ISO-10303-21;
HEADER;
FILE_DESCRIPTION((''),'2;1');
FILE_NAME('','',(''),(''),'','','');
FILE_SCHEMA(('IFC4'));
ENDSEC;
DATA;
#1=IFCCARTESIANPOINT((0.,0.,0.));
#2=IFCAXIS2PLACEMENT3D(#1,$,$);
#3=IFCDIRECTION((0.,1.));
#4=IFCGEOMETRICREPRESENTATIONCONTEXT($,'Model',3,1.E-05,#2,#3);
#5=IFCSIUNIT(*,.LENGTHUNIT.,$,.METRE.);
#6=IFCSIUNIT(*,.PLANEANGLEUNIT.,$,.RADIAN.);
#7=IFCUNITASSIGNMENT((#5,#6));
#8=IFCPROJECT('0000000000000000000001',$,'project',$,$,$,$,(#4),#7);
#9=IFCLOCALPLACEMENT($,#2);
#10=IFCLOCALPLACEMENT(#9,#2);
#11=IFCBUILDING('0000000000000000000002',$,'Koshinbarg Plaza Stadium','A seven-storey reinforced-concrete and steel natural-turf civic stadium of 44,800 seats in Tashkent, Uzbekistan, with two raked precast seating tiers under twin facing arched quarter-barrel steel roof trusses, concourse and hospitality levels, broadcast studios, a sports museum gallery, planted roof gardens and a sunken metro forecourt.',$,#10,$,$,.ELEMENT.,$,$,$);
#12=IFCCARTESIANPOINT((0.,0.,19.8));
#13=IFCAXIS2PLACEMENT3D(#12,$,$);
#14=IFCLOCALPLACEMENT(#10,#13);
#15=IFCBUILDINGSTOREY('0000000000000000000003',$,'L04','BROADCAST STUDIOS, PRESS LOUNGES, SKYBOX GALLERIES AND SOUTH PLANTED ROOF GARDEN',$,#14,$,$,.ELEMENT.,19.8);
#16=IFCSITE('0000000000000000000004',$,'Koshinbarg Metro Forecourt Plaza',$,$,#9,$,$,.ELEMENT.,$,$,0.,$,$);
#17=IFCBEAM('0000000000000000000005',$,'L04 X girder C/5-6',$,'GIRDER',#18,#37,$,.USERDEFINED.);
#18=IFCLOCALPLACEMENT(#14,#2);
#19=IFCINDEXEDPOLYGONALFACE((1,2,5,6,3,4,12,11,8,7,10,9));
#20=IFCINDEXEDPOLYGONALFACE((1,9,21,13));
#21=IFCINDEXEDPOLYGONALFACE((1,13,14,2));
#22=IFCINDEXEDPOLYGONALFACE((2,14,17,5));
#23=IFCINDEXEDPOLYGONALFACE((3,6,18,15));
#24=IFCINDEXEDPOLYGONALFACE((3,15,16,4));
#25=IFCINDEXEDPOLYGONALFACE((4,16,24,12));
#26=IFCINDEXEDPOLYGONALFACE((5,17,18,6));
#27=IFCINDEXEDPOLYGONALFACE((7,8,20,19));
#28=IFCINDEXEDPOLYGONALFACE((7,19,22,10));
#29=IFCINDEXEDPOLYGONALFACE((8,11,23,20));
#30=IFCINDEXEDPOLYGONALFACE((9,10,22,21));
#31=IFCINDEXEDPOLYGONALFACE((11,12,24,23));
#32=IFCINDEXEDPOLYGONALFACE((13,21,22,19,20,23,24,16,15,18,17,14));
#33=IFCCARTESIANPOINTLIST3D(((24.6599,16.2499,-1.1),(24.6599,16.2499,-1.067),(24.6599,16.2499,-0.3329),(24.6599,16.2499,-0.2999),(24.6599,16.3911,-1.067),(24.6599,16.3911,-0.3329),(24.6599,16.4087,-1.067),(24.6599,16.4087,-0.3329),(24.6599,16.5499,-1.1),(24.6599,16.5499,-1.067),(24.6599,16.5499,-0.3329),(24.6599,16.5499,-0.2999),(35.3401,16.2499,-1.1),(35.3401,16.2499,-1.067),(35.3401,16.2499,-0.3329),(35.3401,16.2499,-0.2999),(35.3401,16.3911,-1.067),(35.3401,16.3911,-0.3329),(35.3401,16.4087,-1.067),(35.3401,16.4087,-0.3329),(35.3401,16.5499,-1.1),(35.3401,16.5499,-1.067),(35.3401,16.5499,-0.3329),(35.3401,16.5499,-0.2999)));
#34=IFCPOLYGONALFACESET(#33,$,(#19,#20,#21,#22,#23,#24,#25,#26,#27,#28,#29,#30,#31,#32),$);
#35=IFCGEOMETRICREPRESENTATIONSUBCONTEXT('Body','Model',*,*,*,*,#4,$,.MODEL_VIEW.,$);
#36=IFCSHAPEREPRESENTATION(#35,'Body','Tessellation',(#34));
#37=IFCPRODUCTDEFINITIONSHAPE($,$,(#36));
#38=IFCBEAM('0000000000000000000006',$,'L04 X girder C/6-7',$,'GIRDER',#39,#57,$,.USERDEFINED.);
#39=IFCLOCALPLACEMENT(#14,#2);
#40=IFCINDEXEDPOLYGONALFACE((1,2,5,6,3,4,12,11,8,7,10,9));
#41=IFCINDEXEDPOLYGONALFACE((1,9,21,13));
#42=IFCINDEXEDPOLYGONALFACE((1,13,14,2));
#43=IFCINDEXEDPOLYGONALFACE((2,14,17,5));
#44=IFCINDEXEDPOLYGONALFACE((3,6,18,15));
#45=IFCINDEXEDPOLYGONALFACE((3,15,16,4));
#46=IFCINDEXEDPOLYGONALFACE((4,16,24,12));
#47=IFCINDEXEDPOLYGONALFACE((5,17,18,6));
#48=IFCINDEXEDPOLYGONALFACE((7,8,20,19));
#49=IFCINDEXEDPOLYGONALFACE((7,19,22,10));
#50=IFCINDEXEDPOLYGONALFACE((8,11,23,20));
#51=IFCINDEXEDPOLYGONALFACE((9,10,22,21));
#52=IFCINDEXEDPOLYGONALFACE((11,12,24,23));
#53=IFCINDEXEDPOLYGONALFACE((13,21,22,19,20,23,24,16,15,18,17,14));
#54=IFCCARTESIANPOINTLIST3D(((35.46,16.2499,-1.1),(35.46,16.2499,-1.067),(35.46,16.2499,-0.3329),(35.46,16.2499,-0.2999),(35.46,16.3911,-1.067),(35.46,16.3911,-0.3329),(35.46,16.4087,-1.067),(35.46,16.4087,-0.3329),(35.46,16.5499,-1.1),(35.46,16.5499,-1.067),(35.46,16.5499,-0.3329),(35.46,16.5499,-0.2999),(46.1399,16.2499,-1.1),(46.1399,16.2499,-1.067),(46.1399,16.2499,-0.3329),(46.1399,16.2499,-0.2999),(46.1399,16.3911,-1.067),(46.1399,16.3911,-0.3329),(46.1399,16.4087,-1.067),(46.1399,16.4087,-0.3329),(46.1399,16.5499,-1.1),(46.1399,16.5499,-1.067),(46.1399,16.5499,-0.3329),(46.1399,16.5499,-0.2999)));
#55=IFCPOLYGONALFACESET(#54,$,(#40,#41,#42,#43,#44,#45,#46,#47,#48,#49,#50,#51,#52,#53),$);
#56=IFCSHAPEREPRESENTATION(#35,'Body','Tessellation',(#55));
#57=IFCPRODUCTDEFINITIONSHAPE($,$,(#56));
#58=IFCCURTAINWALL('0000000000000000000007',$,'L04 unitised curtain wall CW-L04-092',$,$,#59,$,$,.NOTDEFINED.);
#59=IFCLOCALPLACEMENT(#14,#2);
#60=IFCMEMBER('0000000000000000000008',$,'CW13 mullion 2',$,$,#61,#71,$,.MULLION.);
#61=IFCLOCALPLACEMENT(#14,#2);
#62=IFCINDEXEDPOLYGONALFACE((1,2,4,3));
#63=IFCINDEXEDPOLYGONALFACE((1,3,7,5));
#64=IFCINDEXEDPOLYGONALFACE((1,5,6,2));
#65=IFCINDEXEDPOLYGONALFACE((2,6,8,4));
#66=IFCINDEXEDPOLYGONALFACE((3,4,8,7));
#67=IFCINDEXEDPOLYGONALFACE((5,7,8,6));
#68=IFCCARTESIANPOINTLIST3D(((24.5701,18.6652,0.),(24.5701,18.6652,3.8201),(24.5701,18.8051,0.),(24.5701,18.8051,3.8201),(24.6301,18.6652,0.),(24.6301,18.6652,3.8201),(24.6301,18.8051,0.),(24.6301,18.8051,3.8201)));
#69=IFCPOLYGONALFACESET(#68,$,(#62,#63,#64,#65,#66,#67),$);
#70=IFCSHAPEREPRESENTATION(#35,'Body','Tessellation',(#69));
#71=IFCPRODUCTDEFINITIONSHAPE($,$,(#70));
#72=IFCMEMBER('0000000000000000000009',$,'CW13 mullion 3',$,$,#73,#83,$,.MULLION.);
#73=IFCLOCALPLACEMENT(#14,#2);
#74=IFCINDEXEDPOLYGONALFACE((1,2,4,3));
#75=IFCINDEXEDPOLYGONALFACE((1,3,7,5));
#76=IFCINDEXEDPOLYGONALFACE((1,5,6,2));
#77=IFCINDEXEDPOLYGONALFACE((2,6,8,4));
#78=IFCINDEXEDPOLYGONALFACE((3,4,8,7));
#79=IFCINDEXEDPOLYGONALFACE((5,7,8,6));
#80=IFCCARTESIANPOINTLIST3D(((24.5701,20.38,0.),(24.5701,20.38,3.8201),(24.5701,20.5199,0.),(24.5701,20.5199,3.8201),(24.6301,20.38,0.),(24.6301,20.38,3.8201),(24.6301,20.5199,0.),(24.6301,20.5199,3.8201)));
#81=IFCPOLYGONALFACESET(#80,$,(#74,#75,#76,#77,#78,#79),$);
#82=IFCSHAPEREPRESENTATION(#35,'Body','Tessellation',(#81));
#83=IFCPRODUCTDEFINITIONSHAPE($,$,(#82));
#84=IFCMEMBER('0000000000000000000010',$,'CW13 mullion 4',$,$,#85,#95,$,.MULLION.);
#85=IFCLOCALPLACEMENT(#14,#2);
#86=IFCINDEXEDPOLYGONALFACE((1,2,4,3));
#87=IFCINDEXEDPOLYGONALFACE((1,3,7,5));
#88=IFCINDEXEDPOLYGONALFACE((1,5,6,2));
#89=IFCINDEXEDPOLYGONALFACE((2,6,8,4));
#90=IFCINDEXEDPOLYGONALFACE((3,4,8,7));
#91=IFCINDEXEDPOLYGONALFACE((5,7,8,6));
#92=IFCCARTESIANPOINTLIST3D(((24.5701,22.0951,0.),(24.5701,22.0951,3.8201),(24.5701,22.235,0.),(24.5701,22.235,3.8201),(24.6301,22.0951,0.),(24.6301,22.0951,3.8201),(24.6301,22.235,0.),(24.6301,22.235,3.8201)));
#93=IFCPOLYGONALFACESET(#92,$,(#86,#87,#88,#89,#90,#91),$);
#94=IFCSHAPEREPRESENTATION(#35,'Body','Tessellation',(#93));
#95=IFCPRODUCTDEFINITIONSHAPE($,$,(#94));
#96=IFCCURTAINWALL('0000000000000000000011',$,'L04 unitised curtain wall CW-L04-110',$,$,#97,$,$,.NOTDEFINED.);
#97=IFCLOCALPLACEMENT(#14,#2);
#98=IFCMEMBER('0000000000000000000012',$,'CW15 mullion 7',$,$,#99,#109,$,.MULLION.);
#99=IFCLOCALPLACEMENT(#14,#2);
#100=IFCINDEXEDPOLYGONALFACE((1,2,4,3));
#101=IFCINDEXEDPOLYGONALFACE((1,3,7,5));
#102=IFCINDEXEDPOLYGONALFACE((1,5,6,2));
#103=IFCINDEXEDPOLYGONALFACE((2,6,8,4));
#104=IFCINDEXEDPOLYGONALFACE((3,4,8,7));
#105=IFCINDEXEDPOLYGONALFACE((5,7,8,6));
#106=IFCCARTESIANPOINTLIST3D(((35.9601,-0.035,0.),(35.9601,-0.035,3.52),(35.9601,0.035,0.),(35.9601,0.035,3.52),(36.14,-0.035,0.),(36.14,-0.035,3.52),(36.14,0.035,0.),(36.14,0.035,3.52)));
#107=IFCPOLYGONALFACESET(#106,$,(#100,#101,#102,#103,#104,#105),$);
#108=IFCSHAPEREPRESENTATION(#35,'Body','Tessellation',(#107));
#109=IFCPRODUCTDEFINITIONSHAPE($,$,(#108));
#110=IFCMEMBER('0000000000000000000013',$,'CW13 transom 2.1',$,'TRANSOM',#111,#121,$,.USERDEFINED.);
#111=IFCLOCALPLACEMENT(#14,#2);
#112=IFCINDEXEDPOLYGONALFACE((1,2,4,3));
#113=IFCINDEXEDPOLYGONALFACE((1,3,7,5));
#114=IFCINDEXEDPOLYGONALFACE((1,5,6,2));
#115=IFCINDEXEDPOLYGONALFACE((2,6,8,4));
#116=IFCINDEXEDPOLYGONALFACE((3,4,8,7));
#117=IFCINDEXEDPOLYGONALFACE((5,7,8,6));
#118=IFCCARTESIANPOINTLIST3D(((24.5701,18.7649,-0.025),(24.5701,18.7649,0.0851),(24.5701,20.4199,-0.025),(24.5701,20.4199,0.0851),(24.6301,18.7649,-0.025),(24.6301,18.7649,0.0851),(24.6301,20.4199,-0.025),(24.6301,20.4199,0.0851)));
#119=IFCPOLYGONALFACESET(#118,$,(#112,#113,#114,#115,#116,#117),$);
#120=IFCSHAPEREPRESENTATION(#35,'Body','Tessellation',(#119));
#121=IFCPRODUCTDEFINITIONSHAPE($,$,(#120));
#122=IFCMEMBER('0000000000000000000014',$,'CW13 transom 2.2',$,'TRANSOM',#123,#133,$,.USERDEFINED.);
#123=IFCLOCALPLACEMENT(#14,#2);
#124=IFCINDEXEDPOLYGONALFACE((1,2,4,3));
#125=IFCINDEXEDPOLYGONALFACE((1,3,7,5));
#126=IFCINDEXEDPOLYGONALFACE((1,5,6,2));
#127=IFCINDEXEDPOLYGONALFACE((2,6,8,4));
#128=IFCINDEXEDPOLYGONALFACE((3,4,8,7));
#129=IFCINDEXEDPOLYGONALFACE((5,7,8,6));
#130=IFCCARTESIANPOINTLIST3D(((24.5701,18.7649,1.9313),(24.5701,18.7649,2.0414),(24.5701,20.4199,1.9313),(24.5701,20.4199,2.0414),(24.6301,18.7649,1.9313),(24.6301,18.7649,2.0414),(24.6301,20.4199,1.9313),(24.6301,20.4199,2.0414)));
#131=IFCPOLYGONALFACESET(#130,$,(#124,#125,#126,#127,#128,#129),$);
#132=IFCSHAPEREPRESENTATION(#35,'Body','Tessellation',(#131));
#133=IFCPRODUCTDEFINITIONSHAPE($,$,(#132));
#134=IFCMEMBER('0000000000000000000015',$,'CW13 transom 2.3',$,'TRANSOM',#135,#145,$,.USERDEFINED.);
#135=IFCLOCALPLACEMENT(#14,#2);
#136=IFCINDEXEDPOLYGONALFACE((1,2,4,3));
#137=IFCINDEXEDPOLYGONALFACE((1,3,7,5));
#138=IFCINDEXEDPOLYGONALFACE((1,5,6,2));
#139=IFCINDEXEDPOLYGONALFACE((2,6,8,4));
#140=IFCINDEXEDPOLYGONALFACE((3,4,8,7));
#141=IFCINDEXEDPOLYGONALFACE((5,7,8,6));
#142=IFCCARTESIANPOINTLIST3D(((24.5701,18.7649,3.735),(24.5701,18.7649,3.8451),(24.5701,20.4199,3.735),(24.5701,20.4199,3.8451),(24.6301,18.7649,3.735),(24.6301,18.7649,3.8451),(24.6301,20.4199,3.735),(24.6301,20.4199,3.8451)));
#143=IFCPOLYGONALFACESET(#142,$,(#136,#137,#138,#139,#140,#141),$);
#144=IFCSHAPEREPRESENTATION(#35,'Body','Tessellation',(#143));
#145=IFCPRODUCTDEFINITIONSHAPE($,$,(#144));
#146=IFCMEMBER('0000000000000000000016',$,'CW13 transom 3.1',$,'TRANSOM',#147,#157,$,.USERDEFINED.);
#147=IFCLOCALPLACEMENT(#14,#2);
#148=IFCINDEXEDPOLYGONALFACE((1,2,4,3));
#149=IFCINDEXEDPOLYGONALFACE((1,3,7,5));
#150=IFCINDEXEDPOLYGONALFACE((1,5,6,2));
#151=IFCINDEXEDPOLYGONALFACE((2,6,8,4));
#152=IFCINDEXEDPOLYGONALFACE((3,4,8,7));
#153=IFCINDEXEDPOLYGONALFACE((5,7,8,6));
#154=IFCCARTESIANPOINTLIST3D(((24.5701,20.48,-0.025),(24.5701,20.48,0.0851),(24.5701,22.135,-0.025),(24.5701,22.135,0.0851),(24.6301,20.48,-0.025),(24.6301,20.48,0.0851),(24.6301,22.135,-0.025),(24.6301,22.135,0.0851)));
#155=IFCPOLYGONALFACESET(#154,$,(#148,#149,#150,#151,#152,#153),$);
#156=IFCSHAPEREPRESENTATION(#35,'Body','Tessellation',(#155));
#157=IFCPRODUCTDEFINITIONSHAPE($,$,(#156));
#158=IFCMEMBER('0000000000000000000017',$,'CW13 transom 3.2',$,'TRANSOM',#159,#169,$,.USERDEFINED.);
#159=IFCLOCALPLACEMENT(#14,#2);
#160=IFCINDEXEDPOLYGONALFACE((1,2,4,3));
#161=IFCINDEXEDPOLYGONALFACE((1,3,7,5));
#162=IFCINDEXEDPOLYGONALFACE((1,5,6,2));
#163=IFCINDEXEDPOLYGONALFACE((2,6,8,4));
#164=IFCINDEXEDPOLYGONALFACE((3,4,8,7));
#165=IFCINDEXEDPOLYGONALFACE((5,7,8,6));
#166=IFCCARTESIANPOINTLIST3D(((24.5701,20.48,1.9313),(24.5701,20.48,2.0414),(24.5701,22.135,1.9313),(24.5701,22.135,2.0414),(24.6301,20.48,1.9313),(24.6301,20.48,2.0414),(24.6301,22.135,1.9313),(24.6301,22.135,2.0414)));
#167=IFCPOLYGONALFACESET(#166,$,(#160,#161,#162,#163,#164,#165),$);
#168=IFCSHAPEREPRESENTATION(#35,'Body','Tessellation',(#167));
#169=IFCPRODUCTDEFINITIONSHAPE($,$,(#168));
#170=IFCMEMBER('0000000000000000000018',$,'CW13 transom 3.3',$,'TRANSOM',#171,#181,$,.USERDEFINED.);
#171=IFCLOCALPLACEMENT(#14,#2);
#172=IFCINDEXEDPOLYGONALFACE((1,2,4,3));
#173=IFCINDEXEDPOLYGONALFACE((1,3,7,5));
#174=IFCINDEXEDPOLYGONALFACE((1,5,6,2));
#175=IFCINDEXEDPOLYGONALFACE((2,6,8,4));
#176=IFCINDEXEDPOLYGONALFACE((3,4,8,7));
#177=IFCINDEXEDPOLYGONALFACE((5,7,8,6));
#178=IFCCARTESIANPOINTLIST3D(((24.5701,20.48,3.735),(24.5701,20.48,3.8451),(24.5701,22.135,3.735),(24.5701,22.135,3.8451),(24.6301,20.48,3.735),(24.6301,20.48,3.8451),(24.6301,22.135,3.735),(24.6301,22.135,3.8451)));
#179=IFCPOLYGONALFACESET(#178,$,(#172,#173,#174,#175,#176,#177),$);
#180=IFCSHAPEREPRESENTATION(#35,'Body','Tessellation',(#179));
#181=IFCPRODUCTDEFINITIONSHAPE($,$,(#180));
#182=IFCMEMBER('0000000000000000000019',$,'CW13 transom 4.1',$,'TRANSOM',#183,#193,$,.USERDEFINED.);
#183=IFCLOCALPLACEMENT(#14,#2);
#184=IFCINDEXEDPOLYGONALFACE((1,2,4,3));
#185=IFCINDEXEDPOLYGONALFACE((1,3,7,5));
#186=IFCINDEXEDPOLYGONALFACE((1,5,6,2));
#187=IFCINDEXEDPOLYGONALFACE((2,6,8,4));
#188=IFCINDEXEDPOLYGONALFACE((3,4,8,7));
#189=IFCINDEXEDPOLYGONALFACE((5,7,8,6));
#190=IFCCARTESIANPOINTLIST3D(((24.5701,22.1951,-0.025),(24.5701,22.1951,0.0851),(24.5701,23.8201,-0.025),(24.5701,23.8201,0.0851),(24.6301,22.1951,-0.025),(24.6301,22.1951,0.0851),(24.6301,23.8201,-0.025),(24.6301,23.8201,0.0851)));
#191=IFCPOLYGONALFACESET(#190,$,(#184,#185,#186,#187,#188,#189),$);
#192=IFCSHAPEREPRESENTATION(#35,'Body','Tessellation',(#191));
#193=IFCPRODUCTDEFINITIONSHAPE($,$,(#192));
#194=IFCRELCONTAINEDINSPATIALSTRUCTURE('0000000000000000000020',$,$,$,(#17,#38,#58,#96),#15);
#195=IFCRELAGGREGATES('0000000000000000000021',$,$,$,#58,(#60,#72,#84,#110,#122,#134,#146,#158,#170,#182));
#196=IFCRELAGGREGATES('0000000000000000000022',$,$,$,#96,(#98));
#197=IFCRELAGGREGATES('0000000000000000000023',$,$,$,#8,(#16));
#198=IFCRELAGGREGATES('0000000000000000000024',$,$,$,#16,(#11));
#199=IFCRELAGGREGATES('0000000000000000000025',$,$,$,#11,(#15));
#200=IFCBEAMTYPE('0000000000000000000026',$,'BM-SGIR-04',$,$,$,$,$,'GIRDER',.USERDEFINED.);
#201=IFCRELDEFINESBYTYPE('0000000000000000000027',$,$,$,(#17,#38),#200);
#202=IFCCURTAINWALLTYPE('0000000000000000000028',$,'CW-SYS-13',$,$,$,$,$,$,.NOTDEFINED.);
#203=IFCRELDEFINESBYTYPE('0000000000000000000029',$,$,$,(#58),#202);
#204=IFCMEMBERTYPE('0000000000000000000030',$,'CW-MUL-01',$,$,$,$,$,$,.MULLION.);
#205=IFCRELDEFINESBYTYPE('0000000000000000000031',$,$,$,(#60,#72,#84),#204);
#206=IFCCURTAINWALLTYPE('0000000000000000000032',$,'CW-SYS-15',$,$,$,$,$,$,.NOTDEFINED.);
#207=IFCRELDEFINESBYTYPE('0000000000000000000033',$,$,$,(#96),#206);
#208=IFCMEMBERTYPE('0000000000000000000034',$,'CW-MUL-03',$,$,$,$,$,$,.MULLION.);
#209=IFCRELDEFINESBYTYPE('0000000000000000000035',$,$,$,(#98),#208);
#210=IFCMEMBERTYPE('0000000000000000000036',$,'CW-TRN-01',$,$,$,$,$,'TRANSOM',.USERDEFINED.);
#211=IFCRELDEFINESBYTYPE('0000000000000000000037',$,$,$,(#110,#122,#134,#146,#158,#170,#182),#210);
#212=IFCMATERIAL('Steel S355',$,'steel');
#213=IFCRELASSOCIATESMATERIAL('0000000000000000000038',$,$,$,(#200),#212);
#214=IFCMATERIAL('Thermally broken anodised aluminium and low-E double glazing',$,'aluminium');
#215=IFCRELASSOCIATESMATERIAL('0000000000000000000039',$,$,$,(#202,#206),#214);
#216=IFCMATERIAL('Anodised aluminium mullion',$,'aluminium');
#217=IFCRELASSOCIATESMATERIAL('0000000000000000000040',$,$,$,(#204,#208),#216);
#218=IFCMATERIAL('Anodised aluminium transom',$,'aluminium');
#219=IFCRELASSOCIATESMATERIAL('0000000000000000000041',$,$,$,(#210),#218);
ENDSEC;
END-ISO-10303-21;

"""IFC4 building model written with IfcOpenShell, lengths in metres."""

from ifc_helpers import new_model, si_unit, direction, frame, origin, origin_2d, place, context, subcontext, project, spatial, rectangle, i_section, extrude, material, material_profile, profile_set, type_object, element, aggregate, save


model = new_model("IFC4")

# Units and contexts
model_context = context("Model", 3, precision=1e-05, world=origin(), true_north=direction((0.0, 1.0)))
body_context = subcontext(model_context, "Body", "Model", "MODEL_VIEW")
ifc_project = project(units=[si_unit("LENGTHUNIT", "METRE"), si_unit("PLANEANGLEUNIT", "RADIAN")], contexts=[model_context])

# Site, building, storey
site_placement = place(None, origin())
site = spatial("IfcSite", under=ifc_project, at=site_placement, Name="Koshinbarg Metro Forecourt Plaza", CompositionType="ELEMENT", RefElevation=0.0)
building_placement = place(site_placement, origin())
building = spatial("IfcBuilding", under=site, at=building_placement, Name="Koshinbarg Plaza Stadium", Description="A seven-storey reinforced-concrete and steel natural-turf civic stadium of 44,800 seats in Tashkent, Uzbekistan, with two raked precast seating tiers under twin facing arched quarter-barrel steel roof trusses, concourse and hospitality levels, broadcast studios, a sports museum gallery, planted roof gardens and a sunken metro forecourt.", CompositionType="ELEMENT")
storey_placement = place(building_placement, frame((0.0, 0.0, 19.8)))
storey = spatial("IfcBuildingStorey", under=building, at=storey_placement, Name="L04", Description="BROADCAST STUDIOS, PRESS LOUNGES, SKYBOX GALLERIES AND SOUTH PLANTED ROOF GARDEN", CompositionType="ELEMENT", Elevation=19.8)

# Beams
ifc_material_1 = material(Name="Steel S355", Category="steel")
ifc_material_profile_1 = material_profile(ifc_material_1, i_section(OverallWidth=0.3, OverallDepth=0.8, WebThickness=0.0176, FlangeThickness=0.033, at=origin_2d()), Name="HEB 800")
ifc_profile_set_1 = profile_set([ifc_material_profile_1], Name="Steel S355")
beam_type_1 = type_object("IfcBeamType", Name="BM-SGIR-04", ElementType="GIRDER", PredefinedType="USERDEFINED", material=ifc_profile_set_1)
beam_1_placement = place(storey_placement, frame((24.6599, 16.3999, -0.7), z_axis=(1.0, 0.0, 0.0), x_axis=(0.0, 1.0, 0.0)))
element("IfcBeam", 1, at=beam_1_placement, inside=storey, type_object=beam_type_1, Name="L04 X girder C/5-6", ObjectType="GIRDER", PredefinedType="USERDEFINED", context=body_context, shape_type="SweptSolid", body=[
    extrude(i_section(OverallWidth=0.3, OverallDepth=0.8, WebThickness=0.0176, FlangeThickness=0.033, at=origin_2d()), origin(), (0.0, 0.0, 1.0), 10.6802),
])
beam_2_placement = place(storey_placement, frame((35.46, 16.3999, -0.7), z_axis=(1.0, 0.0, 0.0), x_axis=(0.0, 1.0, 0.0)))
element("IfcBeam", 2, at=beam_2_placement, inside=storey, type_object=beam_type_1, Name="L04 X girder C/6-7", ObjectType="GIRDER", PredefinedType="USERDEFINED", context=body_context, shape_type="SweptSolid", body=[
    extrude(i_section(OverallWidth=0.3, OverallDepth=0.8, WebThickness=0.0176, FlangeThickness=0.033, at=origin_2d()), origin(), (0.0, 0.0, 1.0), 10.6799),
])

# Curtain wall, members
ifc_material_2 = material(Name="Thermally broken anodised aluminium and low-E double glazing", Category="aluminium")
curtain_wall_type_1 = type_object("IfcCurtainWallType", Name="CW-SYS-13", PredefinedType="NOTDEFINED", material=ifc_material_2)
curtain_wall_1_placement = place(storey_placement, origin())
curtain_wall_1 = element("IfcCurtainWall", 3, at=curtain_wall_1_placement, inside=storey, type_object=curtain_wall_type_1, Name="L04 unitised curtain wall CW-L04-092", PredefinedType="NOTDEFINED")
ifc_material_3 = material(Name="Anodised aluminium mullion", Category="aluminium")
ifc_material_profile_2 = material_profile(ifc_material_3, rectangle(XDim=0.0601, YDim=0.1399, at=origin_2d()), Name="ALU 60x140")
ifc_profile_set_2 = profile_set([ifc_material_profile_2], Name="Anodised aluminium mullion")
member_type_1 = type_object("IfcMemberType", Name="CW-MUL-01", PredefinedType="MULLION", material=ifc_profile_set_2)
member_1_placement = place(storey_placement, frame((24.6001, 18.7351, 0.0), z_axis=(0.0, 0.0, 1.0), x_axis=(-1.0, 0.0, 0.0)))
member_1 = element("IfcMember", 4, at=member_1_placement, type_object=member_type_1, Name="CW13 mullion 2", PredefinedType="MULLION", context=body_context, shape_type="SweptSolid", body=[
    extrude(rectangle(XDim=0.0601, YDim=0.1399, at=origin_2d()), origin(), (0.0, 0.0, 1.0), 3.8201),
])
member_2_placement = place(storey_placement, frame((24.6001, 20.45, 0.0), z_axis=(0.0, 0.0, 1.0), x_axis=(-1.0, 0.0, 0.0)))
member_2 = element("IfcMember", 5, at=member_2_placement, type_object=member_type_1, Name="CW13 mullion 3", PredefinedType="MULLION", context=body_context, shape_type="SweptSolid", body=[
    extrude(rectangle(XDim=0.0601, YDim=0.1399, at=origin_2d()), origin(), (0.0, 0.0, 1.0), 3.8201),
])
member_3_placement = place(storey_placement, frame((24.6001, 22.165, 0.0), z_axis=(0.0, 0.0, 1.0), x_axis=(-1.0, 0.0, 0.0)))
member_3 = element("IfcMember", 6, at=member_3_placement, type_object=member_type_1, Name="CW13 mullion 4", PredefinedType="MULLION", context=body_context, shape_type="SweptSolid", body=[
    extrude(rectangle(XDim=0.0601, YDim=0.1399, at=origin_2d()), origin(), (0.0, 0.0, 1.0), 3.8201),
])

# Curtain wall, member
curtain_wall_type_2 = type_object("IfcCurtainWallType", Name="CW-SYS-15", PredefinedType="NOTDEFINED", material=ifc_material_2)
curtain_wall_2_placement = place(storey_placement, origin())
curtain_wall_2 = element("IfcCurtainWall", 7, at=curtain_wall_2_placement, inside=storey, type_object=curtain_wall_type_2, Name="L04 unitised curtain wall CW-L04-110", PredefinedType="NOTDEFINED")
ifc_material_profile_3 = material_profile(ifc_material_3, rectangle(XDim=0.0701, YDim=0.1799, at=origin_2d()), Name="ALU 70x180")
ifc_profile_set_3 = profile_set([ifc_material_profile_3], Name="Anodised aluminium mullion")
member_type_2 = type_object("IfcMemberType", Name="CW-MUL-03", PredefinedType="MULLION", material=ifc_profile_set_3)
member_4_placement = place(storey_placement, frame((36.05, 0.0, 0.0), z_axis=(0.0, 0.0, 1.0), x_axis=(0.0, -1.0, 0.0)))
member_4 = element("IfcMember", 8, at=member_4_placement, type_object=member_type_2, Name="CW15 mullion 7", PredefinedType="MULLION", context=body_context, shape_type="SweptSolid", body=[
    extrude(rectangle(XDim=0.0701, YDim=0.1799, at=origin_2d()), origin(), (0.0, 0.0, 1.0), 3.52),
])

# Members
ifc_material_4 = material(Name="Anodised aluminium transom", Category="aluminium")
ifc_material_profile_4 = material_profile(ifc_material_4, rectangle(XDim=0.0601, YDim=0.1101, at=origin_2d()), Name="ALU 60x110")
ifc_profile_set_4 = profile_set([ifc_material_profile_4], Name="Anodised aluminium transom")
member_type_3 = type_object("IfcMemberType", Name="CW-TRN-01", ElementType="TRANSOM", PredefinedType="USERDEFINED", material=ifc_profile_set_4)
member_5_placement = place(storey_placement, frame((24.6001, 18.7649, 0.03), z_axis=(0.0, 1.0, 0.0), x_axis=(-1.0, 0.0, 0.0)))
member_5 = element("IfcMember", 9, at=member_5_placement, type_object=member_type_3, Name="CW13 transom 2.1", ObjectType="TRANSOM", PredefinedType="USERDEFINED", context=body_context, shape_type="SweptSolid", body=[
    extrude(rectangle(XDim=0.0601, YDim=0.1101, at=origin_2d()), origin(), (0.0, 0.0, 1.0), 1.655),
])
member_6_placement = place(storey_placement, frame((24.6001, 18.7649, 1.9863), z_axis=(0.0, 1.0, 0.0), x_axis=(-1.0, 0.0, 0.0)))
member_6 = element("IfcMember", 10, at=member_6_placement, type_object=member_type_3, Name="CW13 transom 2.2", ObjectType="TRANSOM", PredefinedType="USERDEFINED", context=body_context, shape_type="SweptSolid", body=[
    extrude(rectangle(XDim=0.0601, YDim=0.1101, at=origin_2d()), origin(), (0.0, 0.0, 1.0), 1.655),
])
member_7_placement = place(storey_placement, frame((24.6001, 18.7649, 3.79), z_axis=(0.0, 1.0, 0.0), x_axis=(-1.0, 0.0, 0.0)))
member_7 = element("IfcMember", 11, at=member_7_placement, type_object=member_type_3, Name="CW13 transom 2.3", ObjectType="TRANSOM", PredefinedType="USERDEFINED", context=body_context, shape_type="SweptSolid", body=[
    extrude(rectangle(XDim=0.0601, YDim=0.1101, at=origin_2d()), origin(), (0.0, 0.0, 1.0), 1.655),
])
member_8_placement = place(storey_placement, frame((24.6001, 20.48, 0.03), z_axis=(0.0, 1.0, 0.0), x_axis=(-1.0, 0.0, 0.0)))
member_8 = element("IfcMember", 12, at=member_8_placement, type_object=member_type_3, Name="CW13 transom 3.1", ObjectType="TRANSOM", PredefinedType="USERDEFINED", context=body_context, shape_type="SweptSolid", body=[
    extrude(rectangle(XDim=0.0601, YDim=0.1101, at=origin_2d()), origin(), (0.0, 0.0, 1.0), 1.655),
])
member_9_placement = place(storey_placement, frame((24.6001, 20.48, 1.9863), z_axis=(0.0, 1.0, 0.0), x_axis=(-1.0, 0.0, 0.0)))
member_9 = element("IfcMember", 13, at=member_9_placement, type_object=member_type_3, Name="CW13 transom 3.2", ObjectType="TRANSOM", PredefinedType="USERDEFINED", context=body_context, shape_type="SweptSolid", body=[
    extrude(rectangle(XDim=0.0601, YDim=0.1101, at=origin_2d()), origin(), (0.0, 0.0, 1.0), 1.655),
])
member_10_placement = place(storey_placement, frame((24.6001, 20.48, 3.79), z_axis=(0.0, 1.0, 0.0), x_axis=(-1.0, 0.0, 0.0)))
member_10 = element("IfcMember", 14, at=member_10_placement, type_object=member_type_3, Name="CW13 transom 3.3", ObjectType="TRANSOM", PredefinedType="USERDEFINED", context=body_context, shape_type="SweptSolid", body=[
    extrude(rectangle(XDim=0.0601, YDim=0.1101, at=origin_2d()), origin(), (0.0, 0.0, 1.0), 1.655),
])
member_11_placement = place(storey_placement, frame((24.6001, 22.1951, 0.03), z_axis=(0.0, 1.0, 0.0), x_axis=(-1.0, 0.0, 0.0)))
member_11 = element("IfcMember", 15, at=member_11_placement, type_object=member_type_3, Name="CW13 transom 4.1", ObjectType="TRANSOM", PredefinedType="USERDEFINED", context=body_context, shape_type="SweptSolid", body=[
    extrude(rectangle(XDim=0.0601, YDim=0.1101, at=origin_2d()), origin(), (0.0, 0.0, 1.0), 1.625),
])

aggregate(curtain_wall_1, [member_1, member_2, member_3, member_5, member_6, member_7, member_8, member_9, member_10, member_11])
aggregate(curtain_wall_2, [member_4])

save(model, "model.ifc")
